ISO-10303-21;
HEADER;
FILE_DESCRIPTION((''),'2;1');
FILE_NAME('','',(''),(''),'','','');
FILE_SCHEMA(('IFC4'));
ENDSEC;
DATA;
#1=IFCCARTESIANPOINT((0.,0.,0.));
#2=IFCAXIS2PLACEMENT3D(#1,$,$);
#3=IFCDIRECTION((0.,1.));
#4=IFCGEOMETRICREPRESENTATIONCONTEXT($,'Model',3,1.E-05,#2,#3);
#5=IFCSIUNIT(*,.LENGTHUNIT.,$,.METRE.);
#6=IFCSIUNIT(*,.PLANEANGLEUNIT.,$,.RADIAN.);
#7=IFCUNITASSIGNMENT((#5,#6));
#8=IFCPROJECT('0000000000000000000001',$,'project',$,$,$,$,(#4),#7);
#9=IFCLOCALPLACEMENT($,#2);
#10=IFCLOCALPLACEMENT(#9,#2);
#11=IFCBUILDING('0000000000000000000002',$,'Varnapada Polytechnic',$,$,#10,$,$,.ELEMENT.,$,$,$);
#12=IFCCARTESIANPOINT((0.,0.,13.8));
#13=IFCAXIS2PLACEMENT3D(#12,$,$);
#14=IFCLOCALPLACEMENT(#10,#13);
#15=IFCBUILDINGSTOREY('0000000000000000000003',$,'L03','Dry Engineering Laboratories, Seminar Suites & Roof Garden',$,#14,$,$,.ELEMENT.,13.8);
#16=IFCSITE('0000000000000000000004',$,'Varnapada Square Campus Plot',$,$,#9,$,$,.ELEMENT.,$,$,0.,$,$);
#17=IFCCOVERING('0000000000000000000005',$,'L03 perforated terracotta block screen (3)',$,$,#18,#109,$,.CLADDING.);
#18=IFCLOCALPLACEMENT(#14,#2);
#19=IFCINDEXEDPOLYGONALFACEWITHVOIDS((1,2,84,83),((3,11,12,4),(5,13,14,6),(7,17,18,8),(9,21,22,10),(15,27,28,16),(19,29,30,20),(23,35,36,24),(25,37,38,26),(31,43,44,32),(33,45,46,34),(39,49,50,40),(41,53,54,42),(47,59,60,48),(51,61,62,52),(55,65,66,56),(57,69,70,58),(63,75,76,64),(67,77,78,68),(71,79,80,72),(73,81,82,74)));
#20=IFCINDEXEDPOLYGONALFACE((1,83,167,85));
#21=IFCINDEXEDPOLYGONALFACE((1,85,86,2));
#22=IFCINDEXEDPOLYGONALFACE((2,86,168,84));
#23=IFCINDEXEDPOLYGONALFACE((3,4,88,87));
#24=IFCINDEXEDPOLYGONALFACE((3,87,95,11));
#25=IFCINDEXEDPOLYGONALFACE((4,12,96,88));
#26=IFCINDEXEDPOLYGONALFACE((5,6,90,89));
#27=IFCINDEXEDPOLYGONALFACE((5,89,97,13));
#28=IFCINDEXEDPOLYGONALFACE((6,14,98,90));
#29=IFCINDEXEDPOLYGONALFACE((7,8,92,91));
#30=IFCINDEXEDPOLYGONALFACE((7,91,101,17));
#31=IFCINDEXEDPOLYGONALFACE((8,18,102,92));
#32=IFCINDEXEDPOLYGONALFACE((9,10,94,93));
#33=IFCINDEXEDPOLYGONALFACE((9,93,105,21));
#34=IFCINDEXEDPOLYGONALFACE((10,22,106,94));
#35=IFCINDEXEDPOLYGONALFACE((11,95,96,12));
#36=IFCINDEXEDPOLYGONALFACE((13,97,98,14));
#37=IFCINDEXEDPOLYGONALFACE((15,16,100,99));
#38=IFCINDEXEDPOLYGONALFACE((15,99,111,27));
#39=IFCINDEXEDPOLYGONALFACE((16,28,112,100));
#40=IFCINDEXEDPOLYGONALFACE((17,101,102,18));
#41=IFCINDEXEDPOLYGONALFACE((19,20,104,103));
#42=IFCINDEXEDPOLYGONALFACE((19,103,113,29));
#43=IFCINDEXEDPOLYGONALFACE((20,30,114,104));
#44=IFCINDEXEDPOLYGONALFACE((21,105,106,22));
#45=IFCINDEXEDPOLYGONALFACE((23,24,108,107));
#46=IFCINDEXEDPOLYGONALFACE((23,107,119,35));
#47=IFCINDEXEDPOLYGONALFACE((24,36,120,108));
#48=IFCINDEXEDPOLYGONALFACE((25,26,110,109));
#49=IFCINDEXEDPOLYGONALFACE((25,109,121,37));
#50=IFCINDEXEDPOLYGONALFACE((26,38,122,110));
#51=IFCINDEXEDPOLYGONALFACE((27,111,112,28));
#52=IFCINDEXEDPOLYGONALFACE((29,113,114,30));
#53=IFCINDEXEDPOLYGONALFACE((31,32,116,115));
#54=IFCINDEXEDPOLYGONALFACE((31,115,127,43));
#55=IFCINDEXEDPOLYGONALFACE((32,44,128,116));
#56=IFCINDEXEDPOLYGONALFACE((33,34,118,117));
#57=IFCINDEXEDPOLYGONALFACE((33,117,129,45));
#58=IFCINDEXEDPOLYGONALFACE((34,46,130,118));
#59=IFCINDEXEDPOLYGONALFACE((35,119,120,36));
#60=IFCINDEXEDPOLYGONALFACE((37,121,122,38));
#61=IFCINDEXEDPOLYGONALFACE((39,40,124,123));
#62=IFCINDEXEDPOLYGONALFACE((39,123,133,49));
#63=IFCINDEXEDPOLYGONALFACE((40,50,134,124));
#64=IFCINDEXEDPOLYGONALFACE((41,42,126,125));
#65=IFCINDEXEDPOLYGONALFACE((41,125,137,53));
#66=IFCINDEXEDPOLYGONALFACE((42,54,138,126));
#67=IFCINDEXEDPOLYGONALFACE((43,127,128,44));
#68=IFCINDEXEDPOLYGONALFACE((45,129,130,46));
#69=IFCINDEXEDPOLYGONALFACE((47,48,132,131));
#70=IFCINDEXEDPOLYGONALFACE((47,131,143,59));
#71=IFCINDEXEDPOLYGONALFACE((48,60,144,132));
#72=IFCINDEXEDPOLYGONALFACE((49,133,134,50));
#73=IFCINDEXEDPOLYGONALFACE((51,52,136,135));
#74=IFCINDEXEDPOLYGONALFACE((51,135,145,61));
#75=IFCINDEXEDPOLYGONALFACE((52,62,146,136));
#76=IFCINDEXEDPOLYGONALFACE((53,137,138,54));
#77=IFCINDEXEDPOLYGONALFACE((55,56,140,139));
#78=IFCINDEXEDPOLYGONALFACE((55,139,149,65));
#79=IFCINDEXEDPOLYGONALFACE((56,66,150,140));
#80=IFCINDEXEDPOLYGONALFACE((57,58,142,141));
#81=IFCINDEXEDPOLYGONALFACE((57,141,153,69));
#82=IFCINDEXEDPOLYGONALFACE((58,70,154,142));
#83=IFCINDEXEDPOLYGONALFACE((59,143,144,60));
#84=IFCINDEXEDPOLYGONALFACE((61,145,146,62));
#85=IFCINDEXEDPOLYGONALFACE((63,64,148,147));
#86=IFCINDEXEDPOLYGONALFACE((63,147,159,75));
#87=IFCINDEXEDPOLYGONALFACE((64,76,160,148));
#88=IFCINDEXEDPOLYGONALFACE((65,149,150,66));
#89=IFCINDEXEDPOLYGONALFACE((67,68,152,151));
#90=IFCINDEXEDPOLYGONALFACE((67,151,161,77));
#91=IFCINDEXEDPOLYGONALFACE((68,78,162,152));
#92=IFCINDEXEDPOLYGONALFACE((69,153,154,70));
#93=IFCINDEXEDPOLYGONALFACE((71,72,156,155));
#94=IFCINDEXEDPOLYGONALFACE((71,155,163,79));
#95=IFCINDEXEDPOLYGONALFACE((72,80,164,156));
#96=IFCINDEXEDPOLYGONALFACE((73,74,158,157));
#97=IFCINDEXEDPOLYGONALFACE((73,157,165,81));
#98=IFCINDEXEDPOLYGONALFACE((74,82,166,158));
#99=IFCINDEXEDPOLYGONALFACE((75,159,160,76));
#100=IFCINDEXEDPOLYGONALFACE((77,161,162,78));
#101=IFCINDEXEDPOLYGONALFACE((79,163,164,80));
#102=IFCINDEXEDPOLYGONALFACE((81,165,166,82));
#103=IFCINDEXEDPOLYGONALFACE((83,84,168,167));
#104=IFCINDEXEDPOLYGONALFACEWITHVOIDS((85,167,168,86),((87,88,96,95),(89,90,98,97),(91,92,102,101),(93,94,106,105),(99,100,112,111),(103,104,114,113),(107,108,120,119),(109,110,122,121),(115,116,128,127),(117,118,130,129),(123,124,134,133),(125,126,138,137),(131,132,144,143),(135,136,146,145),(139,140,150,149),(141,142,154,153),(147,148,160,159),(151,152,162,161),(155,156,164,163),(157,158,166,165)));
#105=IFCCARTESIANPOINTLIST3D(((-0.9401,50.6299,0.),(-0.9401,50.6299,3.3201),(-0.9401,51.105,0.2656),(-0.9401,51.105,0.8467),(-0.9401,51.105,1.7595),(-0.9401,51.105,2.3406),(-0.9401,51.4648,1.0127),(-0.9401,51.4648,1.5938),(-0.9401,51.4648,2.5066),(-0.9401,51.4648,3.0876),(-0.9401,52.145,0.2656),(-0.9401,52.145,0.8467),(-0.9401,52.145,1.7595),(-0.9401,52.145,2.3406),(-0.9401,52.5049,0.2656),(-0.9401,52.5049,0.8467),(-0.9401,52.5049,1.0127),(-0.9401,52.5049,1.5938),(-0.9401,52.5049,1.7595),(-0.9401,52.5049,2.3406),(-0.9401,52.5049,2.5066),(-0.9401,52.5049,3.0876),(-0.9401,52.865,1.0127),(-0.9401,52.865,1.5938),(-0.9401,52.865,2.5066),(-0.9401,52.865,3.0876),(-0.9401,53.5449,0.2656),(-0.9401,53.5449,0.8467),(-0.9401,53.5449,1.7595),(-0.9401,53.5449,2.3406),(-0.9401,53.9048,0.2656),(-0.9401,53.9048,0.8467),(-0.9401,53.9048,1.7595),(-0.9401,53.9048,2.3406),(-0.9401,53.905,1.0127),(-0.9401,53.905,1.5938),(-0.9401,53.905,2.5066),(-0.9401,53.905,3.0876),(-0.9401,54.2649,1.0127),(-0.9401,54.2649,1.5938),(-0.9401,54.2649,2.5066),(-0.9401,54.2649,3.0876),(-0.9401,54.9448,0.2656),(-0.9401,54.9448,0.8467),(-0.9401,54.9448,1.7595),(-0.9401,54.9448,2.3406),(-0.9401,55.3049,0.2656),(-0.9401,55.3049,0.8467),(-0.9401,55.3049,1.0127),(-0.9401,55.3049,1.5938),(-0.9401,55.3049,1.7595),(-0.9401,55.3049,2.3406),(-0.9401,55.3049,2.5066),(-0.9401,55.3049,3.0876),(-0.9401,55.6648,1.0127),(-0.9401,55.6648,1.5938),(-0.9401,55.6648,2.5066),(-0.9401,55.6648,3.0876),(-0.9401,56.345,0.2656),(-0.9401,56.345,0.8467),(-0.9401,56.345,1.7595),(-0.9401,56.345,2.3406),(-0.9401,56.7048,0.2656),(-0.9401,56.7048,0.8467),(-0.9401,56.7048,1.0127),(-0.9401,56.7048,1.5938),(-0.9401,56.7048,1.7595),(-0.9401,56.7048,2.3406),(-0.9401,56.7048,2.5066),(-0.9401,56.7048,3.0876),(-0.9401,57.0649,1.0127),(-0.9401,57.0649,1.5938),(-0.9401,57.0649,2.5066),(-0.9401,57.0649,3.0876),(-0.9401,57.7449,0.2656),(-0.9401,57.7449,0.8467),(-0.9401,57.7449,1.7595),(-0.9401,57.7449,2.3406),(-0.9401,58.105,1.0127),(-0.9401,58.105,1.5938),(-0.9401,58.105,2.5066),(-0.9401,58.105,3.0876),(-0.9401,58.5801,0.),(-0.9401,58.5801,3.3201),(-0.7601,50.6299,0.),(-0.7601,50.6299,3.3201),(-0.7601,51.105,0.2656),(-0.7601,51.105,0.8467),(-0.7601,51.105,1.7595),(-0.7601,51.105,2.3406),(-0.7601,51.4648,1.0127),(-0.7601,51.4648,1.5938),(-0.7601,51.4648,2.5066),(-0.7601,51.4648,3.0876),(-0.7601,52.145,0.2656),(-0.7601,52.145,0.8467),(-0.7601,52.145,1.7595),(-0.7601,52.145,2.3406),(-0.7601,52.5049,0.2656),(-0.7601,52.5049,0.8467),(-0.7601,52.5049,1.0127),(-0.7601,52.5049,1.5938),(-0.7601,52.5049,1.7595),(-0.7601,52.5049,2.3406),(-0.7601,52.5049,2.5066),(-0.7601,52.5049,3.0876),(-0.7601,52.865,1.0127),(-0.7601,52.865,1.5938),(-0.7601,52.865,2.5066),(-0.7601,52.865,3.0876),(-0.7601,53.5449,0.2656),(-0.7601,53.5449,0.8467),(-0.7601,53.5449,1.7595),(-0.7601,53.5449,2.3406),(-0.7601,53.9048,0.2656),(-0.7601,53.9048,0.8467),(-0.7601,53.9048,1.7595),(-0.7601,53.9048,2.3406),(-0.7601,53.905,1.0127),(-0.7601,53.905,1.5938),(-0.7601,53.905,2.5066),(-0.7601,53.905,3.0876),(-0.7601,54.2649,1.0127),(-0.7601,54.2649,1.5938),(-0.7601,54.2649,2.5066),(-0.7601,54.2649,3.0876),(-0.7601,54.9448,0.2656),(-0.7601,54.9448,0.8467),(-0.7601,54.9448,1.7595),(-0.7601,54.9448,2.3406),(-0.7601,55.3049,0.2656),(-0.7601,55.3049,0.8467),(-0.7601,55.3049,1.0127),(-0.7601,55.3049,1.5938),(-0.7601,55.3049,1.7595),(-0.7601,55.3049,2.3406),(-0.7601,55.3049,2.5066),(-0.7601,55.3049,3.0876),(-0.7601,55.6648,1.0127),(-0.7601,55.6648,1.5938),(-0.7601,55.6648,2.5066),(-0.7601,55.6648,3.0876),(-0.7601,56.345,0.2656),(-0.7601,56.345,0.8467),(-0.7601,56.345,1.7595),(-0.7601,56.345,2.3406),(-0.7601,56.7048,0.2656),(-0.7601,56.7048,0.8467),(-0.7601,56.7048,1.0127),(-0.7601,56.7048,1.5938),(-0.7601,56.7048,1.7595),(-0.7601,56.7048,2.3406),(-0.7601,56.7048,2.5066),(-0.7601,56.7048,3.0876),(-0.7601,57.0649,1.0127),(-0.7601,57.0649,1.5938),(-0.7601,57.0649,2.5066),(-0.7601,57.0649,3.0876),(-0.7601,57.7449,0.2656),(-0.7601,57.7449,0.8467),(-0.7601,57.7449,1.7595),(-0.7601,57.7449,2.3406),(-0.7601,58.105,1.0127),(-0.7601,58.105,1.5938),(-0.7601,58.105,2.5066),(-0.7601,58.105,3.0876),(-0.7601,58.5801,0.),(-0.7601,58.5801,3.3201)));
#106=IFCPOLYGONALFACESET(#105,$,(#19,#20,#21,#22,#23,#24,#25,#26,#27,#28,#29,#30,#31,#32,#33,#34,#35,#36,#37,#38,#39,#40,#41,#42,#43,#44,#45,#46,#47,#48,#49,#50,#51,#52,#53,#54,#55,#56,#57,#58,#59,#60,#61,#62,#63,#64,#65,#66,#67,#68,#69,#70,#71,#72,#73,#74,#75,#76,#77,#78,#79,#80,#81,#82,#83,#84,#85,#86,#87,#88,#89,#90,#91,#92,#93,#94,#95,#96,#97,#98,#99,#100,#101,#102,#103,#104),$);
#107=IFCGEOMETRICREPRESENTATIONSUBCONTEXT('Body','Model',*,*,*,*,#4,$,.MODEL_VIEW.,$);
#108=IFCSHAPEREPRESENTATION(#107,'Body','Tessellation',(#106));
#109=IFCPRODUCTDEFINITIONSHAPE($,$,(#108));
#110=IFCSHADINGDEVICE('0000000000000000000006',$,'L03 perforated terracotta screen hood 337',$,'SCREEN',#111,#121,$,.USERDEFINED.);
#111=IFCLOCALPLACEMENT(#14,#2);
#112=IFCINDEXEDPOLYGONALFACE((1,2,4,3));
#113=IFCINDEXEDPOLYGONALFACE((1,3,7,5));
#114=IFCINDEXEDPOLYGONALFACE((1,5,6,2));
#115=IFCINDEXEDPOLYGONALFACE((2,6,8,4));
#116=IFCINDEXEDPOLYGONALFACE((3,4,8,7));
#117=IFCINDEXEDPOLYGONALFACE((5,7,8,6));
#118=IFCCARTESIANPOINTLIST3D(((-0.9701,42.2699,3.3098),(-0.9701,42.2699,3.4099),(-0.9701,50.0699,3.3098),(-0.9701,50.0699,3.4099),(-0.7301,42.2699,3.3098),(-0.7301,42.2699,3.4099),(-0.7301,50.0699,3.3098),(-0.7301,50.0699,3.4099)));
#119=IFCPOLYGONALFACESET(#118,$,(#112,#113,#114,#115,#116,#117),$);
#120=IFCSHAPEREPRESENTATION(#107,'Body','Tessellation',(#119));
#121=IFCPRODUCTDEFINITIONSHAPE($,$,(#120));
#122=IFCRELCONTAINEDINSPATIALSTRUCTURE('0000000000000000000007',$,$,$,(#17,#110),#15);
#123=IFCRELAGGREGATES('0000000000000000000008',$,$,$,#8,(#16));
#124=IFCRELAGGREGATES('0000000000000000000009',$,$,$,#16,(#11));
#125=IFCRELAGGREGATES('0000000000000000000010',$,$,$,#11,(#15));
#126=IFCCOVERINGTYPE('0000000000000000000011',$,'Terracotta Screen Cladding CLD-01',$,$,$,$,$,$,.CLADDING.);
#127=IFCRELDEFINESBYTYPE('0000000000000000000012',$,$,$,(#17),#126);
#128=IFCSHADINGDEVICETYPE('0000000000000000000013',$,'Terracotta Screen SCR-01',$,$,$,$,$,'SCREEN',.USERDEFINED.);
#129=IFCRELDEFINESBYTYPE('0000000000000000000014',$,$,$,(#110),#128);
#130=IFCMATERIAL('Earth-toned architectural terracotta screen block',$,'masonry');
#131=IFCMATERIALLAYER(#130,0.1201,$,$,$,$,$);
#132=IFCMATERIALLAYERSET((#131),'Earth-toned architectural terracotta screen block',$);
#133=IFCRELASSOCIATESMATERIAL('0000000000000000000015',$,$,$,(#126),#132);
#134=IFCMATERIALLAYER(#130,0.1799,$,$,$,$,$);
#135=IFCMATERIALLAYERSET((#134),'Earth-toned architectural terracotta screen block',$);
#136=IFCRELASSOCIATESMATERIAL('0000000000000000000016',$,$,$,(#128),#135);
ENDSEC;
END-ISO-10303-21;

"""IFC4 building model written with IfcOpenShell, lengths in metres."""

from ifc_helpers import new_model, si_unit, direction, frame, frame_2d, origin, origin_2d, place, context, subcontext, project, spatial, rectangle, extrude, material, layer, layer_set, type_object, element, save


model = new_model("IFC4")

# Units and contexts
model_context = context("Model", 3, precision=1e-05, world=origin(), true_north=direction((0.0, 1.0)))
body_context = subcontext(model_context, "Body", "Model", "MODEL_VIEW")
ifc_project = project(units=[si_unit("LENGTHUNIT", "METRE"), si_unit("PLANEANGLEUNIT", "RADIAN")], contexts=[model_context])

# Site, building, storey
site_placement = place(None, origin())
site = spatial("IfcSite", under=ifc_project, at=site_placement, Name="Varnapada Square Campus Plot", CompositionType="ELEMENT", RefElevation=0.0)
building_placement = place(site_placement, origin())
building = spatial("IfcBuilding", under=site, at=building_placement, Name="Varnapada Polytechnic", CompositionType="ELEMENT")
storey_placement = place(building_placement, frame((0.0, 0.0, 13.8)))
storey = spatial("IfcBuildingStorey", under=building, at=storey_placement, Name="L03", Description="Dry Engineering Laboratories, Seminar Suites & Roof Garden", CompositionType="ELEMENT", Elevation=13.8)

# Covering, openings
ifc_material_1 = material(Name="Earth-toned architectural terracotta screen block", Category="masonry")
ifc_layer_1 = layer(ifc_material_1, 0.1201)
ifc_layer_set_1 = layer_set([ifc_layer_1], Name="Earth-toned architectural terracotta screen block")
covering_type_1 = type_object("IfcCoveringType", Name="Terracotta Screen Cladding CLD-01", PredefinedType="CLADDING", material=ifc_layer_set_1)
covering_1_placement = place(storey_placement, frame((-0.8501, 50.6299, 0.0), z_axis=(0.0, 0.0, 1.0), x_axis=(0.0, 1.0, 0.0)))
covering_1 = element("IfcCovering", 1, at=covering_1_placement, inside=storey, type_object=covering_type_1, Name="L03 perforated terracotta block screen (3)", PredefinedType="CLADDING", context=body_context, shape_type="SweptSolid", body=[
    extrude(rectangle(XDim=7.9502, YDim=0.1799, at=frame_2d((3.9751, 0.0))), origin(), (0.0, 0.0, 1.0), 3.3201),
])
opening_1_placement = place(covering_1_placement, frame((0.4751, 0.0, 0.2656)))
element("IfcOpeningElement", 2, at=opening_1_placement, cuts=covering_1, PredefinedType="OPENING", context=body_context, shape_type="SweptSolid", body=[
    extrude(rectangle(XDim=1.04, YDim=0.5811, at=frame_2d((0.52, 0.2905))), frame((0.0, 0.0999, 0.0), z_axis=(0.0, -1.0, 0.0), x_axis=(1.0, 0.0, 0.0)), (0.0, 0.0, 1.0), 0.2),
])
opening_2_placement = place(covering_1_placement, frame((1.875, 0.0, 0.2656)))
element("IfcOpeningElement", 3, at=opening_2_placement, cuts=covering_1, PredefinedType="OPENING", context=body_context, shape_type="SweptSolid", body=[
    extrude(rectangle(XDim=1.04, YDim=0.5811, at=frame_2d((0.52, 0.2905))), frame((0.0, 0.0999, 0.0), z_axis=(0.0, -1.0, 0.0), x_axis=(1.0, 0.0, 0.0)), (0.0, 0.0, 1.0), 0.2),
])
opening_3_placement = place(covering_1_placement, frame((3.2749, 0.0, 0.2656)))
element("IfcOpeningElement", 4, at=opening_3_placement, cuts=covering_1, PredefinedType="OPENING", context=body_context, shape_type="SweptSolid", body=[
    extrude(rectangle(XDim=1.04, YDim=0.5811, at=frame_2d((0.52, 0.2905))), frame((0.0, 0.0999, 0.0), z_axis=(0.0, -1.0, 0.0), x_axis=(1.0, 0.0, 0.0)), (0.0, 0.0, 1.0), 0.2),
])
opening_4_placement = place(covering_1_placement, frame((4.675, 0.0, 0.2656)))
element("IfcOpeningElement", 5, at=opening_4_placement, cuts=covering_1, PredefinedType="OPENING", context=body_context, shape_type="SweptSolid", body=[
    extrude(rectangle(XDim=1.04, YDim=0.5811, at=frame_2d((0.52, 0.2905))), frame((0.0, 0.0999, 0.0), z_axis=(0.0, -1.0, 0.0), x_axis=(1.0, 0.0, 0.0)), (0.0, 0.0, 1.0), 0.2),
])
opening_5_placement = place(covering_1_placement, frame((6.075, 0.0, 0.2656)))
element("IfcOpeningElement", 6, at=opening_5_placement, cuts=covering_1, PredefinedType="OPENING", context=body_context, shape_type="SweptSolid", body=[
    extrude(rectangle(XDim=1.04, YDim=0.5811, at=frame_2d((0.52, 0.2905))), frame((0.0, 0.0999, 0.0), z_axis=(0.0, -1.0, 0.0), x_axis=(1.0, 0.0, 0.0)), (0.0, 0.0, 1.0), 0.2),
])
opening_6_placement = place(covering_1_placement, frame((0.835, 0.0, 1.0127)))
element("IfcOpeningElement", 7, at=opening_6_placement, cuts=covering_1, PredefinedType="OPENING", context=body_context, shape_type="SweptSolid", body=[
    extrude(rectangle(XDim=1.04, YDim=0.5811, at=frame_2d((0.52, 0.2905))), frame((0.0, 0.0999, 0.0), z_axis=(0.0, -1.0, 0.0), x_axis=(1.0, 0.0, 0.0)), (0.0, 0.0, 1.0), 0.2),
])
opening_7_placement = place(covering_1_placement, frame((2.2351, 0.0, 1.0127)))
element("IfcOpeningElement", 8, at=opening_7_placement, cuts=covering_1, PredefinedType="OPENING", context=body_context, shape_type="SweptSolid", body=[
    extrude(rectangle(XDim=1.04, YDim=0.5811, at=frame_2d((0.52, 0.2905))), frame((0.0, 0.0999, 0.0), z_axis=(0.0, -1.0, 0.0), x_axis=(1.0, 0.0, 0.0)), (0.0, 0.0, 1.0), 0.2),
])
opening_8_placement = place(covering_1_placement, frame((3.635, 0.0, 1.0127)))
element("IfcOpeningElement", 9, at=opening_8_placement, cuts=covering_1, PredefinedType="OPENING", context=body_context, shape_type="SweptSolid", body=[
    extrude(rectangle(XDim=1.04, YDim=0.5811, at=frame_2d((0.52, 0.2905))), frame((0.0, 0.0999, 0.0), z_axis=(0.0, -1.0, 0.0), x_axis=(1.0, 0.0, 0.0)), (0.0, 0.0, 1.0), 0.2),
])
opening_9_placement = place(covering_1_placement, frame((5.0349, 0.0, 1.0127)))
element("IfcOpeningElement", 10, at=opening_9_placement, cuts=covering_1, PredefinedType="OPENING", context=body_context, shape_type="SweptSolid", body=[
    extrude(rectangle(XDim=1.04, YDim=0.5811, at=frame_2d((0.52, 0.2905))), frame((0.0, 0.0999, 0.0), z_axis=(0.0, -1.0, 0.0), x_axis=(1.0, 0.0, 0.0)), (0.0, 0.0, 1.0), 0.2),
])
opening_10_placement = place(covering_1_placement, frame((6.4351, 0.0, 1.0127)))
element("IfcOpeningElement", 11, at=opening_10_placement, cuts=covering_1, PredefinedType="OPENING", context=body_context, shape_type="SweptSolid", body=[
    extrude(rectangle(XDim=1.04, YDim=0.5811, at=frame_2d((0.52, 0.2905))), frame((0.0, 0.0999, 0.0), z_axis=(0.0, -1.0, 0.0), x_axis=(1.0, 0.0, 0.0)), (0.0, 0.0, 1.0), 0.2),
])
opening_11_placement = place(covering_1_placement, frame((0.4751, 0.0, 1.7595)))
element("IfcOpeningElement", 12, at=opening_11_placement, cuts=covering_1, PredefinedType="OPENING", context=body_context, shape_type="SweptSolid", body=[
    extrude(rectangle(XDim=1.04, YDim=0.5811, at=frame_2d((0.52, 0.2905))), frame((0.0, 0.0999, 0.0), z_axis=(0.0, -1.0, 0.0), x_axis=(1.0, 0.0, 0.0)), (0.0, 0.0, 1.0), 0.2),
])
opening_12_placement = place(covering_1_placement, frame((1.875, 0.0, 1.7595)))
element("IfcOpeningElement", 13, at=opening_12_placement, cuts=covering_1, PredefinedType="OPENING", context=body_context, shape_type="SweptSolid", body=[
    extrude(rectangle(XDim=1.04, YDim=0.5811, at=frame_2d((0.52, 0.2905))), frame((0.0, 0.0999, 0.0), z_axis=(0.0, -1.0, 0.0), x_axis=(1.0, 0.0, 0.0)), (0.0, 0.0, 1.0), 0.2),
])
opening_13_placement = place(covering_1_placement, frame((3.2749, 0.0, 1.7595)))
element("IfcOpeningElement", 14, at=opening_13_placement, cuts=covering_1, PredefinedType="OPENING", context=body_context, shape_type="SweptSolid", body=[
    extrude(rectangle(XDim=1.04, YDim=0.5811, at=frame_2d((0.52, 0.2905))), frame((0.0, 0.0999, 0.0), z_axis=(0.0, -1.0, 0.0), x_axis=(1.0, 0.0, 0.0)), (0.0, 0.0, 1.0), 0.2),
])
opening_14_placement = place(covering_1_placement, frame((4.675, 0.0, 1.7595)))
element("IfcOpeningElement", 15, at=opening_14_placement, cuts=covering_1, PredefinedType="OPENING", context=body_context, shape_type="SweptSolid", body=[
    extrude(rectangle(XDim=1.04, YDim=0.5811, at=frame_2d((0.52, 0.2905))), frame((0.0, 0.0999, 0.0), z_axis=(0.0, -1.0, 0.0), x_axis=(1.0, 0.0, 0.0)), (0.0, 0.0, 1.0), 0.2),
])
opening_15_placement = place(covering_1_placement, frame((6.075, 0.0, 1.7595)))
element("IfcOpeningElement", 16, at=opening_15_placement, cuts=covering_1, PredefinedType="OPENING", context=body_context, shape_type="SweptSolid", body=[
    extrude(rectangle(XDim=1.04, YDim=0.5811, at=frame_2d((0.52, 0.2905))), frame((0.0, 0.0999, 0.0), z_axis=(0.0, -1.0, 0.0), x_axis=(1.0, 0.0, 0.0)), (0.0, 0.0, 1.0), 0.2),
])
opening_16_placement = place(covering_1_placement, frame((0.835, 0.0, 2.5066)))
element("IfcOpeningElement", 17, at=opening_16_placement, cuts=covering_1, PredefinedType="OPENING", context=body_context, shape_type="SweptSolid", body=[
    extrude(rectangle(XDim=1.04, YDim=0.5811, at=frame_2d((0.52, 0.2905))), frame((0.0, 0.0999, 0.0), z_axis=(0.0, -1.0, 0.0), x_axis=(1.0, 0.0, 0.0)), (0.0, 0.0, 1.0), 0.2),
])
opening_17_placement = place(covering_1_placement, frame((2.2351, 0.0, 2.5066)))
element("IfcOpeningElement", 18, at=opening_17_placement, cuts=covering_1, PredefinedType="OPENING", context=body_context, shape_type="SweptSolid", body=[
    extrude(rectangle(XDim=1.04, YDim=0.5811, at=frame_2d((0.52, 0.2905))), frame((0.0, 0.0999, 0.0), z_axis=(0.0, -1.0, 0.0), x_axis=(1.0, 0.0, 0.0)), (0.0, 0.0, 1.0), 0.2),
])
opening_18_placement = place(covering_1_placement, frame((3.635, 0.0, 2.5066)))
element("IfcOpeningElement", 19, at=opening_18_placement, cuts=covering_1, PredefinedType="OPENING", context=body_context, shape_type="SweptSolid", body=[
    extrude(rectangle(XDim=1.04, YDim=0.5811, at=frame_2d((0.52, 0.2905))), frame((0.0, 0.0999, 0.0), z_axis=(0.0, -1.0, 0.0), x_axis=(1.0, 0.0, 0.0)), (0.0, 0.0, 1.0), 0.2),
])
opening_19_placement = place(covering_1_placement, frame((5.0349, 0.0, 2.5066)))
element("IfcOpeningElement", 20, at=opening_19_placement, cuts=covering_1, PredefinedType="OPENING", context=body_context, shape_type="SweptSolid", body=[
    extrude(rectangle(XDim=1.04, YDim=0.5811, at=frame_2d((0.52, 0.2905))), frame((0.0, 0.0999, 0.0), z_axis=(0.0, -1.0, 0.0), x_axis=(1.0, 0.0, 0.0)), (0.0, 0.0, 1.0), 0.2),
])
opening_20_placement = place(covering_1_placement, frame((6.4351, 0.0, 2.5066)))
element("IfcOpeningElement", 21, at=opening_20_placement, cuts=covering_1, PredefinedType="OPENING", context=body_context, shape_type="SweptSolid", body=[
    extrude(rectangle(XDim=1.04, YDim=0.5811, at=frame_2d((0.52, 0.2905))), frame((0.0, 0.0999, 0.0), z_axis=(0.0, -1.0, 0.0), x_axis=(1.0, 0.0, 0.0)), (0.0, 0.0, 1.0), 0.2),
])

# Shading device
ifc_layer_2 = layer(ifc_material_1, 0.1799)
ifc_layer_set_2 = layer_set([ifc_layer_2], Name="Earth-toned architectural terracotta screen block")
shading_device_type = type_object("IfcShadingDeviceType", Name="Terracotta Screen SCR-01", ElementType="SCREEN", PredefinedType="USERDEFINED", material=ifc_layer_set_2)
shading_device_placement = place(storey_placement, frame((-0.8501, 46.1699, 3.3098), z_axis=(0.0, 0.0, 1.0), x_axis=(0.0, 1.0, 0.0)))
element("IfcShadingDevice", 22, at=shading_device_placement, inside=storey, type_object=shading_device_type, Name="L03 perforated terracotta screen hood 337", ObjectType="SCREEN", PredefinedType="USERDEFINED", context=body_context, shape_type="SweptSolid", body=[
    extrude(rectangle(XDim=7.8, YDim=0.24, at=origin_2d()), origin(), (0.0, 0.0, 1.0), 0.1001),
])

save(model, "model.ifc")
